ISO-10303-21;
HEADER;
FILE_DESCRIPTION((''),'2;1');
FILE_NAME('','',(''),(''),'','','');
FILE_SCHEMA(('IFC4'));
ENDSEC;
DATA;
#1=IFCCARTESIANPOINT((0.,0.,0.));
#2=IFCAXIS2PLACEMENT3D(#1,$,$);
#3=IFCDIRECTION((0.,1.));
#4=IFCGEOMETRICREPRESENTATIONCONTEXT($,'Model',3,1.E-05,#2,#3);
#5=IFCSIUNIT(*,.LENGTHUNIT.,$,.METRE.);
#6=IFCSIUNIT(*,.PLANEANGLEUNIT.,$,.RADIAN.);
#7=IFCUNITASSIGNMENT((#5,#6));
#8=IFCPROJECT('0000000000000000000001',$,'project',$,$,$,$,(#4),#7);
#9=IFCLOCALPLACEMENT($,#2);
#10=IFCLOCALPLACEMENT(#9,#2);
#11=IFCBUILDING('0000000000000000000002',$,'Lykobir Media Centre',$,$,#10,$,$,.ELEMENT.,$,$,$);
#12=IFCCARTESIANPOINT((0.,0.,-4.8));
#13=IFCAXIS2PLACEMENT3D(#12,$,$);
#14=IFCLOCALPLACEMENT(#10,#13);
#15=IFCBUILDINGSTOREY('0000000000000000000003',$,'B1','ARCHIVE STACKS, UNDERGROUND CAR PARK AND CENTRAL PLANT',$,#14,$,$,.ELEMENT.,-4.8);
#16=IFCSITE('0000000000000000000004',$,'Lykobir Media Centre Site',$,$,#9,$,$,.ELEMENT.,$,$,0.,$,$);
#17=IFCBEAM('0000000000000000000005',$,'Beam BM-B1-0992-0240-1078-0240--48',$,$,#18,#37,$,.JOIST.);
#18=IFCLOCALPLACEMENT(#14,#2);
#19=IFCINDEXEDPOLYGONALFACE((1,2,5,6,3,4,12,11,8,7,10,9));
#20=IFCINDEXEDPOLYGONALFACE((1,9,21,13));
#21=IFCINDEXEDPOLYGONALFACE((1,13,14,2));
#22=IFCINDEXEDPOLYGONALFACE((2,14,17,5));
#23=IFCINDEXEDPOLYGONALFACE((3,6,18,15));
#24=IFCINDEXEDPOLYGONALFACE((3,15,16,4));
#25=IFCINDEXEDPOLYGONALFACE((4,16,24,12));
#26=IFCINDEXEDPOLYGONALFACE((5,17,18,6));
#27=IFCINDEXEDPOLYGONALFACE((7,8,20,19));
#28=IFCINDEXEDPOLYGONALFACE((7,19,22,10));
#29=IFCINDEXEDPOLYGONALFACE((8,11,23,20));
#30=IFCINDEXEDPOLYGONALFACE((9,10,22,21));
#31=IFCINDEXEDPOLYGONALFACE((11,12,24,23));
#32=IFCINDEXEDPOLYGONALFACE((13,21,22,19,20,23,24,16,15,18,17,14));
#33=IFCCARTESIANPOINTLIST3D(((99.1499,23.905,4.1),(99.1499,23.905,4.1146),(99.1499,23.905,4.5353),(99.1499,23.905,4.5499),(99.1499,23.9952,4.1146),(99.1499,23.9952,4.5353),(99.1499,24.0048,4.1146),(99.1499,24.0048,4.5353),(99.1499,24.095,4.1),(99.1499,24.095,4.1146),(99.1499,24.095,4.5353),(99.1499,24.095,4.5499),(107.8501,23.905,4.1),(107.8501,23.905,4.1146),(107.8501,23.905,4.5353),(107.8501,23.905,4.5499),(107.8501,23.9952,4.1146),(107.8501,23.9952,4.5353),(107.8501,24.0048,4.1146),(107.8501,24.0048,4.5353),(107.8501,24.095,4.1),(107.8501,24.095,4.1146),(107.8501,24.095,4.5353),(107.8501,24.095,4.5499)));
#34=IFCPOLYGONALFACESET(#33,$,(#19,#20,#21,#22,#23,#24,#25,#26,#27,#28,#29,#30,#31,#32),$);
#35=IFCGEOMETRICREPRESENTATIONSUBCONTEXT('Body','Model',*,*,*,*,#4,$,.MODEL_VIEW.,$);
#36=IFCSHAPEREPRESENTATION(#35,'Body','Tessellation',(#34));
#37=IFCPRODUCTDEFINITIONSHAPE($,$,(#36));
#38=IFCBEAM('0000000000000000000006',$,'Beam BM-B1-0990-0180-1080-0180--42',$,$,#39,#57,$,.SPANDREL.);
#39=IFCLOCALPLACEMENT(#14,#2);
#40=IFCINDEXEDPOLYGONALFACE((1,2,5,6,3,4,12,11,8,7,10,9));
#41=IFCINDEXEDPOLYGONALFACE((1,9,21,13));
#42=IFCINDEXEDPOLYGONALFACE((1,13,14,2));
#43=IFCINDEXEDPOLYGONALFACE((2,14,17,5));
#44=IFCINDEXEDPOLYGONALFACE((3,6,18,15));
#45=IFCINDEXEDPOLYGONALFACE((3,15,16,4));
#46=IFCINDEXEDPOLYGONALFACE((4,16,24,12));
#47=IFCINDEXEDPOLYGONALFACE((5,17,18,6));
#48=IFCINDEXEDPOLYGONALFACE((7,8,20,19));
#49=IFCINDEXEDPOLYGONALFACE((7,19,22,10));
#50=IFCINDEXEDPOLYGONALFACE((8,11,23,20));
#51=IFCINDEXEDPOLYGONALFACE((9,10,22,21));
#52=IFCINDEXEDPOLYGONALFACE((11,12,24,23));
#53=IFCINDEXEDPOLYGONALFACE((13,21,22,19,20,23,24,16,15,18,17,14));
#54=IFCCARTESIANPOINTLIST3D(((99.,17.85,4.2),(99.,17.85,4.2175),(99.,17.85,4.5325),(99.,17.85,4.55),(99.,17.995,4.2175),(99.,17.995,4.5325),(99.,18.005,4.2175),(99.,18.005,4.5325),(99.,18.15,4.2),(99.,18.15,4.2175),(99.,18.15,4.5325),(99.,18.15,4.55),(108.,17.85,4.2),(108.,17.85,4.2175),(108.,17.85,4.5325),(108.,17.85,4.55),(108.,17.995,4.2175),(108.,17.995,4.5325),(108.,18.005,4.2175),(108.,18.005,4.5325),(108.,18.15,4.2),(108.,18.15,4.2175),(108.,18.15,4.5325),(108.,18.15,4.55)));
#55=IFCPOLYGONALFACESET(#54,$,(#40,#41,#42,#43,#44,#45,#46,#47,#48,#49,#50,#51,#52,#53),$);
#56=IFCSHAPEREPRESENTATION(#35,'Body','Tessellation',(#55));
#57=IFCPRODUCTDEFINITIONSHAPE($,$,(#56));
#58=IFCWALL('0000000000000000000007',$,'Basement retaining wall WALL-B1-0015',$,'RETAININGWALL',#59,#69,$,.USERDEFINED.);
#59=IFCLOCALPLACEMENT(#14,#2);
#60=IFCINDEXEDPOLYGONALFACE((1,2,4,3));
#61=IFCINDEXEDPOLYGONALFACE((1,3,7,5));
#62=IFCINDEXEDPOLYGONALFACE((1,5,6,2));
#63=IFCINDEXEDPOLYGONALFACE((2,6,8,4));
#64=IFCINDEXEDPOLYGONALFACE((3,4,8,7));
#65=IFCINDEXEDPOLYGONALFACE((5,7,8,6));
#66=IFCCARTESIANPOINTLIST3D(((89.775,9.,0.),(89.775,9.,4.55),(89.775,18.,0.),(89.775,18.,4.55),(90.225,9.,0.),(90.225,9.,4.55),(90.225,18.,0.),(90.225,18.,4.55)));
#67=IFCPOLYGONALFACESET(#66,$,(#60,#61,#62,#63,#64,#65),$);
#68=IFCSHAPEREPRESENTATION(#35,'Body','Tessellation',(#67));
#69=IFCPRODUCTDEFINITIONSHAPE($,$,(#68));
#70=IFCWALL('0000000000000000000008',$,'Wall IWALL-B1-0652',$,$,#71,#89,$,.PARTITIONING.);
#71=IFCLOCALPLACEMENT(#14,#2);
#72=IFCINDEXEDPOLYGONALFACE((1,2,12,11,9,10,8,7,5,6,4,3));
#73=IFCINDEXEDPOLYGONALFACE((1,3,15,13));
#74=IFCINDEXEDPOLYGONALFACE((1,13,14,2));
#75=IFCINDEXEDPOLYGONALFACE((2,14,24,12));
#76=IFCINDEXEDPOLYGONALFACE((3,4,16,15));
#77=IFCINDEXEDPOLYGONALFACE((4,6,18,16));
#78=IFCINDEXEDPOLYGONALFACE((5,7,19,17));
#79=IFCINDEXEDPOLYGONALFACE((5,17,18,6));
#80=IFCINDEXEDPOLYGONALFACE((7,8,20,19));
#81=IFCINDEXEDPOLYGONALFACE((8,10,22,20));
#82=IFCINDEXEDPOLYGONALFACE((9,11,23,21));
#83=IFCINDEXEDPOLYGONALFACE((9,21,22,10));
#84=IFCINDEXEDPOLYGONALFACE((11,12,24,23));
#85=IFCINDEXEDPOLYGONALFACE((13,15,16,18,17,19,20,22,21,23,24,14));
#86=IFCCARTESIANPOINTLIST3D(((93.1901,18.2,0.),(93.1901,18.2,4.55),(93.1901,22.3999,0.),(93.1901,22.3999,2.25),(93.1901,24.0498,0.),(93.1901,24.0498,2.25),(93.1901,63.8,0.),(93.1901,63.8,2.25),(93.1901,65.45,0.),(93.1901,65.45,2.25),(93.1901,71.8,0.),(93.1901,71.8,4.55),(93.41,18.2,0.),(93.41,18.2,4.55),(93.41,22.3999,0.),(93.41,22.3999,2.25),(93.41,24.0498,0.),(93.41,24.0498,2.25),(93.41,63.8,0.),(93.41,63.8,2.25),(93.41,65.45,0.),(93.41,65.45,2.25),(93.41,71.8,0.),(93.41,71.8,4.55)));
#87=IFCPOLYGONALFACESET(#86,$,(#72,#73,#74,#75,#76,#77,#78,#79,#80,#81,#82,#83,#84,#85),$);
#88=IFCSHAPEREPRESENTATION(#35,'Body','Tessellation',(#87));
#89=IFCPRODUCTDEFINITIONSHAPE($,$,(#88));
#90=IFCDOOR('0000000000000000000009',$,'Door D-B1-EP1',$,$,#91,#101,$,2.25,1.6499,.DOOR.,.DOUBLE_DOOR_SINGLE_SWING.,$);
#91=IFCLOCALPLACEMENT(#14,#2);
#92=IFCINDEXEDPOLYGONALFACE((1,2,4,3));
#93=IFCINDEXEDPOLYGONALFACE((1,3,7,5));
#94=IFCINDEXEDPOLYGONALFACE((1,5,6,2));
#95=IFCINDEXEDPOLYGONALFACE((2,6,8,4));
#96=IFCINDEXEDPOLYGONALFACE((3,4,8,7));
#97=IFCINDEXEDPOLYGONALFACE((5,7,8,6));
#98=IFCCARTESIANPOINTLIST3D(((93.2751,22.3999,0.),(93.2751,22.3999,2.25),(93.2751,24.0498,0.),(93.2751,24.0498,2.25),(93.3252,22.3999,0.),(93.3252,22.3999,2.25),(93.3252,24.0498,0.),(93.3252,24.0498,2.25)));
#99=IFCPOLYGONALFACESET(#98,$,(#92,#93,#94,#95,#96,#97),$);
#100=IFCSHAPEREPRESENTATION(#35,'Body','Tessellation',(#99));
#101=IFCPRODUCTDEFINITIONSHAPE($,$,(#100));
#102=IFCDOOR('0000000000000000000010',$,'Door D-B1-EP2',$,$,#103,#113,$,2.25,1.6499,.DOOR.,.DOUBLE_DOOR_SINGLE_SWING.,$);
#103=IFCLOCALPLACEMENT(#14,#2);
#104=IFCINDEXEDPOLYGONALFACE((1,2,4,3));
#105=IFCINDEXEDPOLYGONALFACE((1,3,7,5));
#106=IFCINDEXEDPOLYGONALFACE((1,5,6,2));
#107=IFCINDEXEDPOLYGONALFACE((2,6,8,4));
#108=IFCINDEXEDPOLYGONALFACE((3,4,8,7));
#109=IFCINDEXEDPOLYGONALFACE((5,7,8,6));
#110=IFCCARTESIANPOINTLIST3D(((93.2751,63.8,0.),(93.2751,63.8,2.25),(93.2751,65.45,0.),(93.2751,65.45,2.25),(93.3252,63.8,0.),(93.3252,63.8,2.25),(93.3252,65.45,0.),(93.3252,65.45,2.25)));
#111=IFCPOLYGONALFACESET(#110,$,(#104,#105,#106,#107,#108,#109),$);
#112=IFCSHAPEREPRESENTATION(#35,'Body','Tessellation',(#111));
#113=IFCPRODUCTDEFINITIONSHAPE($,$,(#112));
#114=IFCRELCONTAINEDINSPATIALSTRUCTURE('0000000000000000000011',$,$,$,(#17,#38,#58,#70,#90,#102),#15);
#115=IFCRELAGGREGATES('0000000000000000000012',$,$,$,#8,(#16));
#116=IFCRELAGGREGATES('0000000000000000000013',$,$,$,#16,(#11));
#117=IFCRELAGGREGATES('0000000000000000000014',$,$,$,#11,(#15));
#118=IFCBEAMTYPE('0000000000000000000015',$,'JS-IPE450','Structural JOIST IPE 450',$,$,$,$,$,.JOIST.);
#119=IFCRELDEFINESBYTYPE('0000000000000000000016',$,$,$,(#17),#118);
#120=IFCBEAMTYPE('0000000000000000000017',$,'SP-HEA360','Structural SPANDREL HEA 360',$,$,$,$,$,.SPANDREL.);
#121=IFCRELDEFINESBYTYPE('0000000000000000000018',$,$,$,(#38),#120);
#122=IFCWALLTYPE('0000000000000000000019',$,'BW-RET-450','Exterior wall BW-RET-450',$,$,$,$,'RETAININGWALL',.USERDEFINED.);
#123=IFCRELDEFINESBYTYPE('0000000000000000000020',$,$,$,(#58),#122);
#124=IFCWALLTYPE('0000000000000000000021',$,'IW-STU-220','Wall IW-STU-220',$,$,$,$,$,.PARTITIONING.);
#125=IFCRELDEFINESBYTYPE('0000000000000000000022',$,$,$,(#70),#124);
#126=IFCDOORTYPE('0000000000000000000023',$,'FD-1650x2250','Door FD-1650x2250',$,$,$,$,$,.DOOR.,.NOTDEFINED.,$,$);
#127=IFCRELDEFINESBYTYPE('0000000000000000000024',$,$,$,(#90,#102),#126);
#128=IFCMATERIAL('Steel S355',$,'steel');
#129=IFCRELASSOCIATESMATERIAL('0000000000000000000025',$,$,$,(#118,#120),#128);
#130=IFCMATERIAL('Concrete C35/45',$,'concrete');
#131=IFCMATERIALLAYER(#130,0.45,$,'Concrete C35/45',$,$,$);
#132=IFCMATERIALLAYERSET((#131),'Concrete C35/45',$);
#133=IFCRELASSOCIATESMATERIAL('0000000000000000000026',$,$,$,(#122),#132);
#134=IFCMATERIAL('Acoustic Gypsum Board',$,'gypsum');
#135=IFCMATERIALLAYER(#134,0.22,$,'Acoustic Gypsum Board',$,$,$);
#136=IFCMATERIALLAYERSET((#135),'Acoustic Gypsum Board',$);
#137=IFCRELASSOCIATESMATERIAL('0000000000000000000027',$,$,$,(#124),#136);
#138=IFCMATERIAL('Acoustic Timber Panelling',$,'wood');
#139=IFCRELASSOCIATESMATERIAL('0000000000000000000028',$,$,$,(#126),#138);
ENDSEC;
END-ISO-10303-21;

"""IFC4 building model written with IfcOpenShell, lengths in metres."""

from ifc_helpers import new_model, si_unit, direction, frame, frame_2d, origin, origin_2d, place, context, subcontext, project, spatial, rectangle, i_section, extrude, material, layer, layer_set, material_profile, profile_set, type_object, element, fill, save


model = new_model("IFC4")

# Units and contexts
model_context = context("Model", 3, precision=1e-05, world=origin(), true_north=direction((0.0, 1.0)))
body_context = subcontext(model_context, "Body", "Model", "MODEL_VIEW")
ifc_project = project(units=[si_unit("LENGTHUNIT", "METRE"), si_unit("PLANEANGLEUNIT", "RADIAN")], contexts=[model_context])

# Site, building, storey
site_placement = place(None, origin())
site = spatial("IfcSite", under=ifc_project, at=site_placement, Name="Lykobir Media Centre Site", CompositionType="ELEMENT", RefElevation=0.0)
building_placement = place(site_placement, origin())
building = spatial("IfcBuilding", under=site, at=building_placement, Name="Lykobir Media Centre", CompositionType="ELEMENT")
storey_placement = place(building_placement, frame((0.0, 0.0, -4.8)))
storey = spatial("IfcBuildingStorey", under=building, at=storey_placement, Name="B1", Description="ARCHIVE STACKS, UNDERGROUND CAR PARK AND CENTRAL PLANT", CompositionType="ELEMENT", Elevation=-4.8)

# Shared definitions
ifc_material_1 = material(Name="Concrete C35/45", Category="concrete")

# Beams
ifc_material_2 = material(Name="Steel S355", Category="steel")
ifc_material_profile_1 = material_profile(ifc_material_2, i_section(OverallWidth=0.1899, OverallDepth=0.45, WebThickness=0.0095, FlangeThickness=0.0146, at=origin_2d()), Name="IPE 450")
ifc_profile_set_1 = profile_set([ifc_material_profile_1], Name="Steel S355")
beam_type_1 = type_object("IfcBeamType", Name="JS-IPE450", Description="Structural JOIST IPE 450", PredefinedType="JOIST", material=ifc_profile_set_1)
for number, where, z_axis, x_axis, name in (
    (1, (99.1499, 24.0, 4.325), (1.0, 0.0, 0.0), (0.0, 1.0, 0.0), "Beam BM-B1-0992-0240-1078-0240--48"),
):
    element("IfcBeam", number, at=place(storey_placement, frame(where, z_axis=z_axis, x_axis=x_axis)), inside=storey, type_object=beam_type_1, Name=name, PredefinedType="JOIST", context=body_context, shape_type="SweptSolid", body=[
        extrude(i_section(OverallWidth=0.1899, OverallDepth=0.45, WebThickness=0.0095, FlangeThickness=0.0146, at=origin_2d()), origin(), (0.0, 0.0, 1.0), 8.7002),
    ])
ifc_material_profile_2 = material_profile(ifc_material_2, i_section(OverallWidth=0.3, OverallDepth=0.3501, WebThickness=0.01, FlangeThickness=0.0176, at=origin_2d()), Name="HEA 360")
ifc_profile_set_2 = profile_set([ifc_material_profile_2], Name="Steel S355")
beam_type_2 = type_object("IfcBeamType", Name="SP-HEA360", Description="Structural SPANDREL HEA 360", PredefinedType="SPANDREL", material=ifc_profile_set_2)
beam_1_placement = place(storey_placement, frame((99.0, 18.0, 4.375), z_axis=(1.0, 0.0, 0.0), x_axis=(0.0, 1.0, 0.0)))
element("IfcBeam", 2, at=beam_1_placement, inside=storey, type_object=beam_type_2, Name="Beam BM-B1-0990-0180-1080-0180--42", PredefinedType="SPANDREL", context=body_context, shape_type="SweptSolid", body=[
    extrude(i_section(OverallWidth=0.3, OverallDepth=0.3501, WebThickness=0.01, FlangeThickness=0.0176, at=origin_2d()), origin(), (0.0, 0.0, 1.0), 9.0),
])

# Wall
ifc_layer_1 = layer(ifc_material_1, 0.45, Name="Concrete C35/45")
ifc_layer_set_1 = layer_set([ifc_layer_1], Name="Concrete C35/45")
wall_type_1 = type_object("IfcWallType", Name="BW-RET-450", Description="Exterior wall BW-RET-450", ElementType="RETAININGWALL", PredefinedType="USERDEFINED", material=ifc_layer_set_1)
wall_1_placement = place(storey_placement, frame((90.0, 18.0, 0.0), z_axis=(0.0, 0.0, 1.0), x_axis=(0.0, -1.0, 0.0)))
element("IfcWall", 3, at=wall_1_placement, inside=storey, type_object=wall_type_1, Name="Basement retaining wall WALL-B1-0015", ObjectType="RETAININGWALL", PredefinedType="USERDEFINED", context=body_context, shape_type="SweptSolid", body=[
    extrude(rectangle(XDim=9.0, YDim=0.45, at=frame_2d((4.5, 0.0))), origin(), (0.0, 0.0, 1.0), 4.55),
])

# Wall, openings, doors
ifc_material_3 = material(Name="Acoustic Gypsum Board", Category="gypsum")
ifc_layer_2 = layer(ifc_material_3, 0.22, Name="Acoustic Gypsum Board")
ifc_layer_set_2 = layer_set([ifc_layer_2], Name="Acoustic Gypsum Board")
wall_type_2 = type_object("IfcWallType", Name="IW-STU-220", Description="Wall IW-STU-220", PredefinedType="PARTITIONING", material=ifc_layer_set_2)
wall_2_placement = place(storey_placement, frame((93.3, 18.2, 0.0), z_axis=(0.0, 0.0, 1.0), x_axis=(0.0, 1.0, 0.0)))
wall_2 = element("IfcWall", 4, at=wall_2_placement, inside=storey, type_object=wall_type_2, Name="Wall IWALL-B1-0652", PredefinedType="PARTITIONING", context=body_context, shape_type="SweptSolid", body=[
    extrude(rectangle(XDim=53.6001, YDim=0.22, at=frame_2d((26.8, 0.0))), origin(), (0.0, 0.0, 1.0), 4.55),
])
opening_1_placement = place(wall_2_placement, frame((4.2, 0.0, 0.0)))
opening_1 = element("IfcOpeningElement", 5, at=opening_1_placement, cuts=wall_2, PredefinedType="OPENING", context=body_context, shape_type="SweptSolid", body=[
    extrude(rectangle(XDim=1.6499, YDim=2.25, at=frame_2d((0.825, 1.125))), frame((0.0, 0.1199, 0.0), z_axis=(0.0, -1.0, 0.0), x_axis=(1.0, 0.0, 0.0)), (0.0, 0.0, 1.0), 0.24),
])
opening_2_placement = place(wall_2_placement, frame((45.6001, 0.0, 0.0)))
opening_2 = element("IfcOpeningElement", 6, at=opening_2_placement, cuts=wall_2, PredefinedType="OPENING", context=body_context, shape_type="SweptSolid", body=[
    extrude(rectangle(XDim=1.6499, YDim=2.25, at=frame_2d((0.825, 1.125))), frame((0.0, 0.1199, 0.0), z_axis=(0.0, -1.0, 0.0), x_axis=(1.0, 0.0, 0.0)), (0.0, 0.0, 1.0), 0.24),
])
ifc_material_4 = material(Name="Acoustic Timber Panelling", Category="wood")
door_type = type_object("IfcDoorType", Name="FD-1650x2250", Description="Door FD-1650x2250", OperationType="NOTDEFINED", PredefinedType="DOOR", material=ifc_material_4)
door_1_placement = place(opening_1_placement, origin())
door_1 = element("IfcDoor", 7, at=door_1_placement, inside=storey, type_object=door_type, Name="Door D-B1-EP1", OperationType="DOUBLE_DOOR_SINGLE_SWING", OverallHeight=2.25, OverallWidth=1.6499, PredefinedType="DOOR", context=body_context, shape_type="SweptSolid", body=[
    extrude(rectangle(XDim=1.6499, YDim=2.25, at=frame_2d((0.825, 1.125))), frame((0.0, 0.0249, 0.0), z_axis=(0.0, -1.0, 0.0), x_axis=(1.0, 0.0, 0.0)), (0.0, 0.0, 1.0), 0.05),
])
fill(opening_1, door_1)
door_2_placement = place(opening_2_placement, origin())
door_2 = element("IfcDoor", 8, at=door_2_placement, inside=storey, type_object=door_type, Name="Door D-B1-EP2", OperationType="DOUBLE_DOOR_SINGLE_SWING", OverallHeight=2.25, OverallWidth=1.6499, PredefinedType="DOOR", context=body_context, shape_type="SweptSolid", body=[
    extrude(rectangle(XDim=1.6499, YDim=2.25, at=frame_2d((0.825, 1.125))), frame((0.0, 0.0249, 0.0), z_axis=(0.0, -1.0, 0.0), x_axis=(1.0, 0.0, 0.0)), (0.0, 0.0, 1.0), 0.05),
])
fill(opening_2, door_2)

save(model, "model.ifc")
